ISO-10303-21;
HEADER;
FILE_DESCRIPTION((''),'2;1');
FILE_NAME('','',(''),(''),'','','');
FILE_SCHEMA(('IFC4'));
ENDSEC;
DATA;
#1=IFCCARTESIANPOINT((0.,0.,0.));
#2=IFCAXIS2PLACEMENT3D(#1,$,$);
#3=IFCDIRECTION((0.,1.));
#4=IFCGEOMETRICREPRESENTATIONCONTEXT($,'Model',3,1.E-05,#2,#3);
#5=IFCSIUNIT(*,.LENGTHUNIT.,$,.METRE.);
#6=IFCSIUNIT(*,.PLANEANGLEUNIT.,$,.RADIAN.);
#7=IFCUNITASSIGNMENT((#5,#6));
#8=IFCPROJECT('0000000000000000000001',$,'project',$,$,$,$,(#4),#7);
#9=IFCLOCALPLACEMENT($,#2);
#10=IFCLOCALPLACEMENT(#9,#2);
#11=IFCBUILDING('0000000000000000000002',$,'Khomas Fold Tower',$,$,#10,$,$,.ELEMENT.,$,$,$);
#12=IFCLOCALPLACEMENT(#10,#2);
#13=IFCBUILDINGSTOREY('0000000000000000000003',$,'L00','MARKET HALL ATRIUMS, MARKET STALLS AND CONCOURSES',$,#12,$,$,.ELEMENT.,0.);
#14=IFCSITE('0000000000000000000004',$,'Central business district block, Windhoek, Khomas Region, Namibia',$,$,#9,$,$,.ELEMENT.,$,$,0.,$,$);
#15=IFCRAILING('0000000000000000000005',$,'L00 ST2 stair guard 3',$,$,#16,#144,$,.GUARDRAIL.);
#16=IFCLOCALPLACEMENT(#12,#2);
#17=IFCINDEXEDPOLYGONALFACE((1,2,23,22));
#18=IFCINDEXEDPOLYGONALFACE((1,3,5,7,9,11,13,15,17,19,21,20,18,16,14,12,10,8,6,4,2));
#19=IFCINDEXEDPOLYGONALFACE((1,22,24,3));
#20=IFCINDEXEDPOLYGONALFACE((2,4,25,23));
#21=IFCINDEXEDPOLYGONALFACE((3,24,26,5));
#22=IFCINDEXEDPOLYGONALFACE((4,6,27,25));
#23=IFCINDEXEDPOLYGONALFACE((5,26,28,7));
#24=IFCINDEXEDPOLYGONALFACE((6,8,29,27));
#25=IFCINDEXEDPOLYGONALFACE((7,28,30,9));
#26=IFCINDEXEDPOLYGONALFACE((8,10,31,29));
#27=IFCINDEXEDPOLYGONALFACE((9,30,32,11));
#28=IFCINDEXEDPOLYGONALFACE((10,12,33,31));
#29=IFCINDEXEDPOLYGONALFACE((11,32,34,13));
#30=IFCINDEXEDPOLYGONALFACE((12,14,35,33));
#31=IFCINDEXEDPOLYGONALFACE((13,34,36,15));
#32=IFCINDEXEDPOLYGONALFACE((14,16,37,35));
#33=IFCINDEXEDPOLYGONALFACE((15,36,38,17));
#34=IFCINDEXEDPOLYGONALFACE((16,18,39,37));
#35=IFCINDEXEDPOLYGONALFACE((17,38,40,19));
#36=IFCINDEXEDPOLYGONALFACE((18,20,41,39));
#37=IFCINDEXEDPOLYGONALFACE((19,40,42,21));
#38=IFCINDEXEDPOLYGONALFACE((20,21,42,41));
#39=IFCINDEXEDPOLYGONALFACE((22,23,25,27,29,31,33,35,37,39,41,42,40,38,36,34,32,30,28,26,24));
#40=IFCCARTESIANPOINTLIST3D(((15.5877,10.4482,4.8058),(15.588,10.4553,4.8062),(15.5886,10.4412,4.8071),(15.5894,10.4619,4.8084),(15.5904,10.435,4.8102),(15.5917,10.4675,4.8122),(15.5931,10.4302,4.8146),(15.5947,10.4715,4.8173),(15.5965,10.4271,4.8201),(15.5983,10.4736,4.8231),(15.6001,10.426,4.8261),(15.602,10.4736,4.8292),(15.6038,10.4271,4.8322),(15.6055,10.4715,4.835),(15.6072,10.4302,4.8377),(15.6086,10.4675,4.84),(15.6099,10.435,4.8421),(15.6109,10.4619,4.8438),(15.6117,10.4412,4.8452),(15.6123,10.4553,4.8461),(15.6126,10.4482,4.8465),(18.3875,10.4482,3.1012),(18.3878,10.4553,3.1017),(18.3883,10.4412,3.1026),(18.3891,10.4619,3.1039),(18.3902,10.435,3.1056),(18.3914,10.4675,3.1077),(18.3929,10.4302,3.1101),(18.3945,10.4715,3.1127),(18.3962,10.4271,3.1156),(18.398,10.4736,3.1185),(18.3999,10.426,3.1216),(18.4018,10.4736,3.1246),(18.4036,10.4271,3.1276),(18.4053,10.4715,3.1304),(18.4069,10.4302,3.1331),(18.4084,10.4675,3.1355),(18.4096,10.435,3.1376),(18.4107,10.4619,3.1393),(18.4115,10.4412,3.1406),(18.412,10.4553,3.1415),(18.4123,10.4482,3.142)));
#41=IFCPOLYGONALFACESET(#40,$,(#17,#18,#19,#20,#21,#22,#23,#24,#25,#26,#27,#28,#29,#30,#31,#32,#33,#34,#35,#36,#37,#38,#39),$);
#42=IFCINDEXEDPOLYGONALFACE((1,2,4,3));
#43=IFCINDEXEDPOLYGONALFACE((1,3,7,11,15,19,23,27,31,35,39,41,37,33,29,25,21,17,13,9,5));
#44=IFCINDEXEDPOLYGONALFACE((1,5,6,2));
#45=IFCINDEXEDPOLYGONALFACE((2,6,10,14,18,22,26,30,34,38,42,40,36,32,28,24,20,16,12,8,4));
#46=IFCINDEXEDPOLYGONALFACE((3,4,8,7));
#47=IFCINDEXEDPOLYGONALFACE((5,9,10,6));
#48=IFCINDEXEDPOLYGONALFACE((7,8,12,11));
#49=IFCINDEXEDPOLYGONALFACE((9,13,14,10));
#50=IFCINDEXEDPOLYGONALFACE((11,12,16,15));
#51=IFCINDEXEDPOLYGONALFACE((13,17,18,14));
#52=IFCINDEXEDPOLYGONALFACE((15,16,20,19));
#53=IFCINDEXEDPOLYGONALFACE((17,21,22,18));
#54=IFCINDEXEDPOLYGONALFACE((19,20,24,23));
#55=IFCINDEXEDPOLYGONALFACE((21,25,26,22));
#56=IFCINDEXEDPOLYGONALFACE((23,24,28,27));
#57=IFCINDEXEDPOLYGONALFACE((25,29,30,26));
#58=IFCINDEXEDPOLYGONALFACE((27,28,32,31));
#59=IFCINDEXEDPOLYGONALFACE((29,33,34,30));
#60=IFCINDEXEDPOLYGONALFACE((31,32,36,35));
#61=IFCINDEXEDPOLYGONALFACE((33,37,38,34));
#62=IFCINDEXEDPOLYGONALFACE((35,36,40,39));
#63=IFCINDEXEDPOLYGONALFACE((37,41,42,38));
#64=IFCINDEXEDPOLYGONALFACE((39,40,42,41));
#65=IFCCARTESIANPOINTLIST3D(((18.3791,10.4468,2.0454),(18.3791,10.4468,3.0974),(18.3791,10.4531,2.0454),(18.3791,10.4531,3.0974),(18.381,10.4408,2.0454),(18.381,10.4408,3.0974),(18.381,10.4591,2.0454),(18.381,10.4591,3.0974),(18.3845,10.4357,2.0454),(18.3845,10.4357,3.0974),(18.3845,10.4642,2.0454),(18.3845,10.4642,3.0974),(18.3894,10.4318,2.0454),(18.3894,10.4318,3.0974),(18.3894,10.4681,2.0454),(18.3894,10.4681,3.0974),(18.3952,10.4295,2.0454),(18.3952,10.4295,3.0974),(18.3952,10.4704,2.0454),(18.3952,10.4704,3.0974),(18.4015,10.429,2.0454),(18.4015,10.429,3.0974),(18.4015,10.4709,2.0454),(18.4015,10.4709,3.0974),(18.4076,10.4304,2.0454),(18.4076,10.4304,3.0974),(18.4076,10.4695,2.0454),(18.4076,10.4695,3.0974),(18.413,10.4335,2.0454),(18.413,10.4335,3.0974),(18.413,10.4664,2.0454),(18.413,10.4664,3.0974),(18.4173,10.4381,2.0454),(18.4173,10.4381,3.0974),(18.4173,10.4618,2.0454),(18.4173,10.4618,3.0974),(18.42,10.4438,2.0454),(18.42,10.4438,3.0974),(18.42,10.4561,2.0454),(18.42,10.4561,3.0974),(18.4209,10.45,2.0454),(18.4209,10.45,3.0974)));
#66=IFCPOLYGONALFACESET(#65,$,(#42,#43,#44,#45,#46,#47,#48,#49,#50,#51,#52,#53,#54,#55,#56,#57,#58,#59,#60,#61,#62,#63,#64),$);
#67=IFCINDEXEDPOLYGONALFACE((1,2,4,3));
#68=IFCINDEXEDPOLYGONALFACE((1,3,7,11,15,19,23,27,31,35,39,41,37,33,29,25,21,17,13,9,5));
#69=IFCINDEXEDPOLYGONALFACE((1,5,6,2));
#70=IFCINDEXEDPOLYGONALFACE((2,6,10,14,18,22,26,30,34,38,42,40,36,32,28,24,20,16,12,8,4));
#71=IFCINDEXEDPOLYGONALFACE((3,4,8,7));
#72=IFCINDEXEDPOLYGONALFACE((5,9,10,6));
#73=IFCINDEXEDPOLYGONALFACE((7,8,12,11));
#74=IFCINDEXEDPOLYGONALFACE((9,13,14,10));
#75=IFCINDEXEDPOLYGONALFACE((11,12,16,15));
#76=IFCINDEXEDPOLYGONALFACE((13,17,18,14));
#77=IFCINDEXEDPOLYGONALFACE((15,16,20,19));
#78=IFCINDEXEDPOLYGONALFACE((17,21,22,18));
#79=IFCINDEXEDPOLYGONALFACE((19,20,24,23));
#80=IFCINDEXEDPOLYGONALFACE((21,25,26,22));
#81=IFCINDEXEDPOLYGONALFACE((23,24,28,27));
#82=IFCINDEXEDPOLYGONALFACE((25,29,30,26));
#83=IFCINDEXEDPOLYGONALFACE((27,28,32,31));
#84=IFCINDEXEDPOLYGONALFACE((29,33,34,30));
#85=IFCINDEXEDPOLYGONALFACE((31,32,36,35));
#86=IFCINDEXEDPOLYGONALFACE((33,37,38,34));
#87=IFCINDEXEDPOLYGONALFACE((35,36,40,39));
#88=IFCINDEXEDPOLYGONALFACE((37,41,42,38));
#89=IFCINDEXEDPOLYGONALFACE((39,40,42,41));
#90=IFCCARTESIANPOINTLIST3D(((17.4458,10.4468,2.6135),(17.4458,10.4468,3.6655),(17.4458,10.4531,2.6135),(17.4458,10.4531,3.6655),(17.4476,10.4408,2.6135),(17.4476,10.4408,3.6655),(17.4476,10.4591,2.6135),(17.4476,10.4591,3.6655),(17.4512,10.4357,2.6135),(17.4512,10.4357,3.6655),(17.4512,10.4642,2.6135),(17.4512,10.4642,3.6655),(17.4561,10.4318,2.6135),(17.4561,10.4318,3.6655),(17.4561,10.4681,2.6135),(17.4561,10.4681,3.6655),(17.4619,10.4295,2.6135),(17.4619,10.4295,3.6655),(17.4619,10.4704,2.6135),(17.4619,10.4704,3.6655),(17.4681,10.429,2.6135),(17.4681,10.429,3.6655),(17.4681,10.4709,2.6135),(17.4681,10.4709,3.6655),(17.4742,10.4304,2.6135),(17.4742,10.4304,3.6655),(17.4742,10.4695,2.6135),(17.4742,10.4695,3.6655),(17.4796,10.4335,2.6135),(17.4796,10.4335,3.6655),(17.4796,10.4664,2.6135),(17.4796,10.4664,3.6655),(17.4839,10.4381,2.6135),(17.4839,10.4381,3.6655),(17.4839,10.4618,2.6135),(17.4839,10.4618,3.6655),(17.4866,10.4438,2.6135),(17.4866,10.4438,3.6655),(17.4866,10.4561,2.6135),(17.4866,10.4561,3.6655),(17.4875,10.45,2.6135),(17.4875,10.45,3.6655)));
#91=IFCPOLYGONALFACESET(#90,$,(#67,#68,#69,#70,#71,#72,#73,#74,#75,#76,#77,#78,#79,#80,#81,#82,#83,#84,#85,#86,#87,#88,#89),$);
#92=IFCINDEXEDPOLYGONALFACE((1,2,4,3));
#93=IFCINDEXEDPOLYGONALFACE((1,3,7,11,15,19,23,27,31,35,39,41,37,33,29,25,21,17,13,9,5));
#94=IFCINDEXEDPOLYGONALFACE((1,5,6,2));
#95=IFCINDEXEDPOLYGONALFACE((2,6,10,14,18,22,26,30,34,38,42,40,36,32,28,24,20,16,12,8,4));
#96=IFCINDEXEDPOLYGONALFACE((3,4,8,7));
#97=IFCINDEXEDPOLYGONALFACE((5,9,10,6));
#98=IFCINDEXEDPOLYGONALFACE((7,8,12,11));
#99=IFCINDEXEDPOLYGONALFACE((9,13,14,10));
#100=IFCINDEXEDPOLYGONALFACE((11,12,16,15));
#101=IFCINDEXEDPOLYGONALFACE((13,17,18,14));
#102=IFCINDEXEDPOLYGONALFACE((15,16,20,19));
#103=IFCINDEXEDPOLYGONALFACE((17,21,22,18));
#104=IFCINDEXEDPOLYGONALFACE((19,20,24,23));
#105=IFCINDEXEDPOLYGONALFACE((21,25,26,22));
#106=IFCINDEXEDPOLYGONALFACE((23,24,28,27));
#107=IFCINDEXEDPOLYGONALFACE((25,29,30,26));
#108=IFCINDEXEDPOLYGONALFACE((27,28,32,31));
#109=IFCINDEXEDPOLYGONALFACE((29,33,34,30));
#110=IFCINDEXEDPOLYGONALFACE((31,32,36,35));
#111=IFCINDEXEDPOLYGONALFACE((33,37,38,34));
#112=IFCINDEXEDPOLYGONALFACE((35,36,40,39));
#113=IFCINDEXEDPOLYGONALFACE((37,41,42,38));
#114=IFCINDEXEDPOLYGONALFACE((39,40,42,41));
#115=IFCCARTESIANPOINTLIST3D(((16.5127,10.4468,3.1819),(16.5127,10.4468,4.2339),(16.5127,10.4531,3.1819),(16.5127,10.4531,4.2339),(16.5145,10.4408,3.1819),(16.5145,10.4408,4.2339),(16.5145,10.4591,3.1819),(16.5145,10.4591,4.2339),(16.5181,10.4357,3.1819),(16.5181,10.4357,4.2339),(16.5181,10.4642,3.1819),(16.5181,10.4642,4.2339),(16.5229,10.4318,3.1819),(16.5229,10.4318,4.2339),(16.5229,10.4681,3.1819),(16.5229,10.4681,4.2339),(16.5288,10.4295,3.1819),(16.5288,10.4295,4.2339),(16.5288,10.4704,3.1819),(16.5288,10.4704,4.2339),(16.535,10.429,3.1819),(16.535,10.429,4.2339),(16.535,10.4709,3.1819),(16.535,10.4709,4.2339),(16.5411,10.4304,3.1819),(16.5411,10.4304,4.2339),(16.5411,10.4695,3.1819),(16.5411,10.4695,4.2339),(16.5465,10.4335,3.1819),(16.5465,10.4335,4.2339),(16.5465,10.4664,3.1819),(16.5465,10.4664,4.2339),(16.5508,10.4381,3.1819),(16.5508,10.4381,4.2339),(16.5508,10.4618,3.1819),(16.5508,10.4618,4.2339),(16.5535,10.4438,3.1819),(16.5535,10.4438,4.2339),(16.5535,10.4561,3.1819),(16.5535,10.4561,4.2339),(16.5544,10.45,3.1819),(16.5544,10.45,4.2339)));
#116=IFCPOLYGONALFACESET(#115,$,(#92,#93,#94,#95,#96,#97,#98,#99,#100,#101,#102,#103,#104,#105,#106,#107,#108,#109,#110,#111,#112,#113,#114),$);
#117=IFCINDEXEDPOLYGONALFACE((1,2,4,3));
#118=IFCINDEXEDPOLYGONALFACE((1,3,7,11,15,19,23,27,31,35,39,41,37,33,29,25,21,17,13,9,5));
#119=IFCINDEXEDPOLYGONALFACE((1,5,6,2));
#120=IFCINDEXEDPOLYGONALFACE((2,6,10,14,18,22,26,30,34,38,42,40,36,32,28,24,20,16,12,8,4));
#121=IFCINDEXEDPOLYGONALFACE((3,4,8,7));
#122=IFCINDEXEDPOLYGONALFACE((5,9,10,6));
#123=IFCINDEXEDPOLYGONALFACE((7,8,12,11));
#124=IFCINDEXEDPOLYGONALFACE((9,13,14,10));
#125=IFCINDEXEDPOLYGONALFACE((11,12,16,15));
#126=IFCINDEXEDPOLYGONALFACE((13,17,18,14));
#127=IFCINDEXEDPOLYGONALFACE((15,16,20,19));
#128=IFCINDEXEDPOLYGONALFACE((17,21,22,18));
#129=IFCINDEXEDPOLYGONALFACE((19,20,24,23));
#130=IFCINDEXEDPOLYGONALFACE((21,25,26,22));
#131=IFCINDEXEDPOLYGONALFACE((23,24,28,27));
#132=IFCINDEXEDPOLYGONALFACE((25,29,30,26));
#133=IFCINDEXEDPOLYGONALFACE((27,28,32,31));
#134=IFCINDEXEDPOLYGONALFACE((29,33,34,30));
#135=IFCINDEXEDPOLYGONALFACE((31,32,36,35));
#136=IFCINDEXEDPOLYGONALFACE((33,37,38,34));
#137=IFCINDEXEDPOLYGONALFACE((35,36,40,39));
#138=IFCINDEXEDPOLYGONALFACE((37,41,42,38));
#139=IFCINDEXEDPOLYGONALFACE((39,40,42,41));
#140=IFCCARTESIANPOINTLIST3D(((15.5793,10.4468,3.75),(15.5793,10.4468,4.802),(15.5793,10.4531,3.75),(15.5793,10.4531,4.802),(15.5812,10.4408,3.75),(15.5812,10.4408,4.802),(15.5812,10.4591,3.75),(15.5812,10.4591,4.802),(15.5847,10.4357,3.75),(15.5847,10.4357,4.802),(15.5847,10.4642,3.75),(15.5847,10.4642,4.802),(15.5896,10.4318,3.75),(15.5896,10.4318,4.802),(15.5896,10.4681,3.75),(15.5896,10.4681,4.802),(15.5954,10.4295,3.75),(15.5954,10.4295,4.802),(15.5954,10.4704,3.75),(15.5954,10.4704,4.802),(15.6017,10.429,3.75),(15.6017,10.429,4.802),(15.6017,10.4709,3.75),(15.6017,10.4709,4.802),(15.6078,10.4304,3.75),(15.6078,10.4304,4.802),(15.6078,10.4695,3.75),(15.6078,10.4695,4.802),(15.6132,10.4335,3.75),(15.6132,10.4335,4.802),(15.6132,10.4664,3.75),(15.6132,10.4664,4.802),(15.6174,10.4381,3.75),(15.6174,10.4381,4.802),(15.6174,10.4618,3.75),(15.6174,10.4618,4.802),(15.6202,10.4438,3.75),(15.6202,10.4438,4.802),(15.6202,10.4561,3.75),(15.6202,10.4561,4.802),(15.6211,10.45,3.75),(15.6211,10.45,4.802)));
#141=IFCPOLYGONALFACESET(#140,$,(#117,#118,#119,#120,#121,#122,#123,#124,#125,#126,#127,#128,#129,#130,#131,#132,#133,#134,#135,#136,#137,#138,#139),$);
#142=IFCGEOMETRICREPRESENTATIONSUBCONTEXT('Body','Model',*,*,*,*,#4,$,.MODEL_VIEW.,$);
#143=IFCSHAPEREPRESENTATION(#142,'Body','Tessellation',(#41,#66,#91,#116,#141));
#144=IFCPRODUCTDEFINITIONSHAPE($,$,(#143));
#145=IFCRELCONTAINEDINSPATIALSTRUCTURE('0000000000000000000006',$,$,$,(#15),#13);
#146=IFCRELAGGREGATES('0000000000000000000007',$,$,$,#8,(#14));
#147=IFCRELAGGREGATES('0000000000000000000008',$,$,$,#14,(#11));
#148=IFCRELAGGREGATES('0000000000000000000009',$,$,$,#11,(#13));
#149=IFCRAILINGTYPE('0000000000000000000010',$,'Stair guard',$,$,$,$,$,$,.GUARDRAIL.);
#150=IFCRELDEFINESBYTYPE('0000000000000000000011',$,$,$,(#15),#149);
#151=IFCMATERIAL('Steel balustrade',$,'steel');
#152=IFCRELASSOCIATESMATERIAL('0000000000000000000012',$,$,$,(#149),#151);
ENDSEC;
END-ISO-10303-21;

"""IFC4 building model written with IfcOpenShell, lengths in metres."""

from ifc_helpers import new_model, si_unit, direction, frame, origin, origin_2d, place, context, subcontext, project, spatial, circle, extrude, source, transform, mapped, material, type_object, element, save


model = new_model("IFC4")

# Units and contexts
model_context = context("Model", 3, precision=1e-05, world=origin(), true_north=direction((0.0, 1.0)))
body_context = subcontext(model_context, "Body", "Model", "MODEL_VIEW")
ifc_project = project(units=[si_unit("LENGTHUNIT", "METRE"), si_unit("PLANEANGLEUNIT", "RADIAN")], contexts=[model_context])

# Site, building, storey
site_placement = place(None, origin())
site = spatial("IfcSite", under=ifc_project, at=site_placement, Name="Central business district block, Windhoek, Khomas Region, Namibia", CompositionType="ELEMENT", RefElevation=0.0)
building_placement = place(site_placement, origin())
building = spatial("IfcBuilding", under=site, at=building_placement, Name="Khomas Fold Tower", CompositionType="ELEMENT")
storey_placement = place(building_placement, origin())
storey = spatial("IfcBuildingStorey", under=building, at=storey_placement, Name="L00", Description="MARKET HALL ATRIUMS, MARKET STALLS AND CONCOURSES", CompositionType="ELEMENT", Elevation=0.0)

# Railing
ifc_material_1 = material(Name="Steel balustrade", Category="steel")
railing_type_1 = type_object("IfcRailingType", Name="Stair guard", PredefinedType="GUARDRAIL", material=ifc_material_1)
shared_shape_1 = source(origin(), body_context, "Body", "SweptSolid", [
    extrude(circle(Radius=0.0239, at=origin_2d()), frame((0.0, 0.0, 1.0762), z_axis=(-0.85415, 0.0, 0.520027), x_axis=(0.0, -1.0, 0.0)), (0.0, 0.0, 1.0), 3.2778),
    extrude(circle(Radius=0.021, at=origin_2d()), origin(), (0.0, 0.0, 1.0), 1.052),
    extrude(circle(Radius=0.021, at=origin_2d()), frame((-0.9333, 0.0, 0.5681)), (0.0, 0.0, 1.0), 1.052),
    extrude(circle(Radius=0.021, at=origin_2d()), frame((-1.8665, 0.0, 1.1365)), (0.0, 0.0, 1.0), 1.052),
    extrude(circle(Radius=0.021, at=origin_2d()), frame((-2.7998, 0.0, 1.7046)), (0.0, 0.0, 1.0), 1.052),
])
for number, where, name in (
    (1, (18.3999, 10.45, 2.0454), "L00 ST2 stair guard 3"),
):
    element("IfcRailing", number, at=place(storey_placement, frame(where)), inside=storey, type_object=railing_type_1, Name=name, PredefinedType="GUARDRAIL", context=body_context, shape_type="MappedRepresentation", body=[
        mapped(shared_shape_1, transform((0.0, 0.0, 0.0))),
    ])

save(model, "model.ifc")
